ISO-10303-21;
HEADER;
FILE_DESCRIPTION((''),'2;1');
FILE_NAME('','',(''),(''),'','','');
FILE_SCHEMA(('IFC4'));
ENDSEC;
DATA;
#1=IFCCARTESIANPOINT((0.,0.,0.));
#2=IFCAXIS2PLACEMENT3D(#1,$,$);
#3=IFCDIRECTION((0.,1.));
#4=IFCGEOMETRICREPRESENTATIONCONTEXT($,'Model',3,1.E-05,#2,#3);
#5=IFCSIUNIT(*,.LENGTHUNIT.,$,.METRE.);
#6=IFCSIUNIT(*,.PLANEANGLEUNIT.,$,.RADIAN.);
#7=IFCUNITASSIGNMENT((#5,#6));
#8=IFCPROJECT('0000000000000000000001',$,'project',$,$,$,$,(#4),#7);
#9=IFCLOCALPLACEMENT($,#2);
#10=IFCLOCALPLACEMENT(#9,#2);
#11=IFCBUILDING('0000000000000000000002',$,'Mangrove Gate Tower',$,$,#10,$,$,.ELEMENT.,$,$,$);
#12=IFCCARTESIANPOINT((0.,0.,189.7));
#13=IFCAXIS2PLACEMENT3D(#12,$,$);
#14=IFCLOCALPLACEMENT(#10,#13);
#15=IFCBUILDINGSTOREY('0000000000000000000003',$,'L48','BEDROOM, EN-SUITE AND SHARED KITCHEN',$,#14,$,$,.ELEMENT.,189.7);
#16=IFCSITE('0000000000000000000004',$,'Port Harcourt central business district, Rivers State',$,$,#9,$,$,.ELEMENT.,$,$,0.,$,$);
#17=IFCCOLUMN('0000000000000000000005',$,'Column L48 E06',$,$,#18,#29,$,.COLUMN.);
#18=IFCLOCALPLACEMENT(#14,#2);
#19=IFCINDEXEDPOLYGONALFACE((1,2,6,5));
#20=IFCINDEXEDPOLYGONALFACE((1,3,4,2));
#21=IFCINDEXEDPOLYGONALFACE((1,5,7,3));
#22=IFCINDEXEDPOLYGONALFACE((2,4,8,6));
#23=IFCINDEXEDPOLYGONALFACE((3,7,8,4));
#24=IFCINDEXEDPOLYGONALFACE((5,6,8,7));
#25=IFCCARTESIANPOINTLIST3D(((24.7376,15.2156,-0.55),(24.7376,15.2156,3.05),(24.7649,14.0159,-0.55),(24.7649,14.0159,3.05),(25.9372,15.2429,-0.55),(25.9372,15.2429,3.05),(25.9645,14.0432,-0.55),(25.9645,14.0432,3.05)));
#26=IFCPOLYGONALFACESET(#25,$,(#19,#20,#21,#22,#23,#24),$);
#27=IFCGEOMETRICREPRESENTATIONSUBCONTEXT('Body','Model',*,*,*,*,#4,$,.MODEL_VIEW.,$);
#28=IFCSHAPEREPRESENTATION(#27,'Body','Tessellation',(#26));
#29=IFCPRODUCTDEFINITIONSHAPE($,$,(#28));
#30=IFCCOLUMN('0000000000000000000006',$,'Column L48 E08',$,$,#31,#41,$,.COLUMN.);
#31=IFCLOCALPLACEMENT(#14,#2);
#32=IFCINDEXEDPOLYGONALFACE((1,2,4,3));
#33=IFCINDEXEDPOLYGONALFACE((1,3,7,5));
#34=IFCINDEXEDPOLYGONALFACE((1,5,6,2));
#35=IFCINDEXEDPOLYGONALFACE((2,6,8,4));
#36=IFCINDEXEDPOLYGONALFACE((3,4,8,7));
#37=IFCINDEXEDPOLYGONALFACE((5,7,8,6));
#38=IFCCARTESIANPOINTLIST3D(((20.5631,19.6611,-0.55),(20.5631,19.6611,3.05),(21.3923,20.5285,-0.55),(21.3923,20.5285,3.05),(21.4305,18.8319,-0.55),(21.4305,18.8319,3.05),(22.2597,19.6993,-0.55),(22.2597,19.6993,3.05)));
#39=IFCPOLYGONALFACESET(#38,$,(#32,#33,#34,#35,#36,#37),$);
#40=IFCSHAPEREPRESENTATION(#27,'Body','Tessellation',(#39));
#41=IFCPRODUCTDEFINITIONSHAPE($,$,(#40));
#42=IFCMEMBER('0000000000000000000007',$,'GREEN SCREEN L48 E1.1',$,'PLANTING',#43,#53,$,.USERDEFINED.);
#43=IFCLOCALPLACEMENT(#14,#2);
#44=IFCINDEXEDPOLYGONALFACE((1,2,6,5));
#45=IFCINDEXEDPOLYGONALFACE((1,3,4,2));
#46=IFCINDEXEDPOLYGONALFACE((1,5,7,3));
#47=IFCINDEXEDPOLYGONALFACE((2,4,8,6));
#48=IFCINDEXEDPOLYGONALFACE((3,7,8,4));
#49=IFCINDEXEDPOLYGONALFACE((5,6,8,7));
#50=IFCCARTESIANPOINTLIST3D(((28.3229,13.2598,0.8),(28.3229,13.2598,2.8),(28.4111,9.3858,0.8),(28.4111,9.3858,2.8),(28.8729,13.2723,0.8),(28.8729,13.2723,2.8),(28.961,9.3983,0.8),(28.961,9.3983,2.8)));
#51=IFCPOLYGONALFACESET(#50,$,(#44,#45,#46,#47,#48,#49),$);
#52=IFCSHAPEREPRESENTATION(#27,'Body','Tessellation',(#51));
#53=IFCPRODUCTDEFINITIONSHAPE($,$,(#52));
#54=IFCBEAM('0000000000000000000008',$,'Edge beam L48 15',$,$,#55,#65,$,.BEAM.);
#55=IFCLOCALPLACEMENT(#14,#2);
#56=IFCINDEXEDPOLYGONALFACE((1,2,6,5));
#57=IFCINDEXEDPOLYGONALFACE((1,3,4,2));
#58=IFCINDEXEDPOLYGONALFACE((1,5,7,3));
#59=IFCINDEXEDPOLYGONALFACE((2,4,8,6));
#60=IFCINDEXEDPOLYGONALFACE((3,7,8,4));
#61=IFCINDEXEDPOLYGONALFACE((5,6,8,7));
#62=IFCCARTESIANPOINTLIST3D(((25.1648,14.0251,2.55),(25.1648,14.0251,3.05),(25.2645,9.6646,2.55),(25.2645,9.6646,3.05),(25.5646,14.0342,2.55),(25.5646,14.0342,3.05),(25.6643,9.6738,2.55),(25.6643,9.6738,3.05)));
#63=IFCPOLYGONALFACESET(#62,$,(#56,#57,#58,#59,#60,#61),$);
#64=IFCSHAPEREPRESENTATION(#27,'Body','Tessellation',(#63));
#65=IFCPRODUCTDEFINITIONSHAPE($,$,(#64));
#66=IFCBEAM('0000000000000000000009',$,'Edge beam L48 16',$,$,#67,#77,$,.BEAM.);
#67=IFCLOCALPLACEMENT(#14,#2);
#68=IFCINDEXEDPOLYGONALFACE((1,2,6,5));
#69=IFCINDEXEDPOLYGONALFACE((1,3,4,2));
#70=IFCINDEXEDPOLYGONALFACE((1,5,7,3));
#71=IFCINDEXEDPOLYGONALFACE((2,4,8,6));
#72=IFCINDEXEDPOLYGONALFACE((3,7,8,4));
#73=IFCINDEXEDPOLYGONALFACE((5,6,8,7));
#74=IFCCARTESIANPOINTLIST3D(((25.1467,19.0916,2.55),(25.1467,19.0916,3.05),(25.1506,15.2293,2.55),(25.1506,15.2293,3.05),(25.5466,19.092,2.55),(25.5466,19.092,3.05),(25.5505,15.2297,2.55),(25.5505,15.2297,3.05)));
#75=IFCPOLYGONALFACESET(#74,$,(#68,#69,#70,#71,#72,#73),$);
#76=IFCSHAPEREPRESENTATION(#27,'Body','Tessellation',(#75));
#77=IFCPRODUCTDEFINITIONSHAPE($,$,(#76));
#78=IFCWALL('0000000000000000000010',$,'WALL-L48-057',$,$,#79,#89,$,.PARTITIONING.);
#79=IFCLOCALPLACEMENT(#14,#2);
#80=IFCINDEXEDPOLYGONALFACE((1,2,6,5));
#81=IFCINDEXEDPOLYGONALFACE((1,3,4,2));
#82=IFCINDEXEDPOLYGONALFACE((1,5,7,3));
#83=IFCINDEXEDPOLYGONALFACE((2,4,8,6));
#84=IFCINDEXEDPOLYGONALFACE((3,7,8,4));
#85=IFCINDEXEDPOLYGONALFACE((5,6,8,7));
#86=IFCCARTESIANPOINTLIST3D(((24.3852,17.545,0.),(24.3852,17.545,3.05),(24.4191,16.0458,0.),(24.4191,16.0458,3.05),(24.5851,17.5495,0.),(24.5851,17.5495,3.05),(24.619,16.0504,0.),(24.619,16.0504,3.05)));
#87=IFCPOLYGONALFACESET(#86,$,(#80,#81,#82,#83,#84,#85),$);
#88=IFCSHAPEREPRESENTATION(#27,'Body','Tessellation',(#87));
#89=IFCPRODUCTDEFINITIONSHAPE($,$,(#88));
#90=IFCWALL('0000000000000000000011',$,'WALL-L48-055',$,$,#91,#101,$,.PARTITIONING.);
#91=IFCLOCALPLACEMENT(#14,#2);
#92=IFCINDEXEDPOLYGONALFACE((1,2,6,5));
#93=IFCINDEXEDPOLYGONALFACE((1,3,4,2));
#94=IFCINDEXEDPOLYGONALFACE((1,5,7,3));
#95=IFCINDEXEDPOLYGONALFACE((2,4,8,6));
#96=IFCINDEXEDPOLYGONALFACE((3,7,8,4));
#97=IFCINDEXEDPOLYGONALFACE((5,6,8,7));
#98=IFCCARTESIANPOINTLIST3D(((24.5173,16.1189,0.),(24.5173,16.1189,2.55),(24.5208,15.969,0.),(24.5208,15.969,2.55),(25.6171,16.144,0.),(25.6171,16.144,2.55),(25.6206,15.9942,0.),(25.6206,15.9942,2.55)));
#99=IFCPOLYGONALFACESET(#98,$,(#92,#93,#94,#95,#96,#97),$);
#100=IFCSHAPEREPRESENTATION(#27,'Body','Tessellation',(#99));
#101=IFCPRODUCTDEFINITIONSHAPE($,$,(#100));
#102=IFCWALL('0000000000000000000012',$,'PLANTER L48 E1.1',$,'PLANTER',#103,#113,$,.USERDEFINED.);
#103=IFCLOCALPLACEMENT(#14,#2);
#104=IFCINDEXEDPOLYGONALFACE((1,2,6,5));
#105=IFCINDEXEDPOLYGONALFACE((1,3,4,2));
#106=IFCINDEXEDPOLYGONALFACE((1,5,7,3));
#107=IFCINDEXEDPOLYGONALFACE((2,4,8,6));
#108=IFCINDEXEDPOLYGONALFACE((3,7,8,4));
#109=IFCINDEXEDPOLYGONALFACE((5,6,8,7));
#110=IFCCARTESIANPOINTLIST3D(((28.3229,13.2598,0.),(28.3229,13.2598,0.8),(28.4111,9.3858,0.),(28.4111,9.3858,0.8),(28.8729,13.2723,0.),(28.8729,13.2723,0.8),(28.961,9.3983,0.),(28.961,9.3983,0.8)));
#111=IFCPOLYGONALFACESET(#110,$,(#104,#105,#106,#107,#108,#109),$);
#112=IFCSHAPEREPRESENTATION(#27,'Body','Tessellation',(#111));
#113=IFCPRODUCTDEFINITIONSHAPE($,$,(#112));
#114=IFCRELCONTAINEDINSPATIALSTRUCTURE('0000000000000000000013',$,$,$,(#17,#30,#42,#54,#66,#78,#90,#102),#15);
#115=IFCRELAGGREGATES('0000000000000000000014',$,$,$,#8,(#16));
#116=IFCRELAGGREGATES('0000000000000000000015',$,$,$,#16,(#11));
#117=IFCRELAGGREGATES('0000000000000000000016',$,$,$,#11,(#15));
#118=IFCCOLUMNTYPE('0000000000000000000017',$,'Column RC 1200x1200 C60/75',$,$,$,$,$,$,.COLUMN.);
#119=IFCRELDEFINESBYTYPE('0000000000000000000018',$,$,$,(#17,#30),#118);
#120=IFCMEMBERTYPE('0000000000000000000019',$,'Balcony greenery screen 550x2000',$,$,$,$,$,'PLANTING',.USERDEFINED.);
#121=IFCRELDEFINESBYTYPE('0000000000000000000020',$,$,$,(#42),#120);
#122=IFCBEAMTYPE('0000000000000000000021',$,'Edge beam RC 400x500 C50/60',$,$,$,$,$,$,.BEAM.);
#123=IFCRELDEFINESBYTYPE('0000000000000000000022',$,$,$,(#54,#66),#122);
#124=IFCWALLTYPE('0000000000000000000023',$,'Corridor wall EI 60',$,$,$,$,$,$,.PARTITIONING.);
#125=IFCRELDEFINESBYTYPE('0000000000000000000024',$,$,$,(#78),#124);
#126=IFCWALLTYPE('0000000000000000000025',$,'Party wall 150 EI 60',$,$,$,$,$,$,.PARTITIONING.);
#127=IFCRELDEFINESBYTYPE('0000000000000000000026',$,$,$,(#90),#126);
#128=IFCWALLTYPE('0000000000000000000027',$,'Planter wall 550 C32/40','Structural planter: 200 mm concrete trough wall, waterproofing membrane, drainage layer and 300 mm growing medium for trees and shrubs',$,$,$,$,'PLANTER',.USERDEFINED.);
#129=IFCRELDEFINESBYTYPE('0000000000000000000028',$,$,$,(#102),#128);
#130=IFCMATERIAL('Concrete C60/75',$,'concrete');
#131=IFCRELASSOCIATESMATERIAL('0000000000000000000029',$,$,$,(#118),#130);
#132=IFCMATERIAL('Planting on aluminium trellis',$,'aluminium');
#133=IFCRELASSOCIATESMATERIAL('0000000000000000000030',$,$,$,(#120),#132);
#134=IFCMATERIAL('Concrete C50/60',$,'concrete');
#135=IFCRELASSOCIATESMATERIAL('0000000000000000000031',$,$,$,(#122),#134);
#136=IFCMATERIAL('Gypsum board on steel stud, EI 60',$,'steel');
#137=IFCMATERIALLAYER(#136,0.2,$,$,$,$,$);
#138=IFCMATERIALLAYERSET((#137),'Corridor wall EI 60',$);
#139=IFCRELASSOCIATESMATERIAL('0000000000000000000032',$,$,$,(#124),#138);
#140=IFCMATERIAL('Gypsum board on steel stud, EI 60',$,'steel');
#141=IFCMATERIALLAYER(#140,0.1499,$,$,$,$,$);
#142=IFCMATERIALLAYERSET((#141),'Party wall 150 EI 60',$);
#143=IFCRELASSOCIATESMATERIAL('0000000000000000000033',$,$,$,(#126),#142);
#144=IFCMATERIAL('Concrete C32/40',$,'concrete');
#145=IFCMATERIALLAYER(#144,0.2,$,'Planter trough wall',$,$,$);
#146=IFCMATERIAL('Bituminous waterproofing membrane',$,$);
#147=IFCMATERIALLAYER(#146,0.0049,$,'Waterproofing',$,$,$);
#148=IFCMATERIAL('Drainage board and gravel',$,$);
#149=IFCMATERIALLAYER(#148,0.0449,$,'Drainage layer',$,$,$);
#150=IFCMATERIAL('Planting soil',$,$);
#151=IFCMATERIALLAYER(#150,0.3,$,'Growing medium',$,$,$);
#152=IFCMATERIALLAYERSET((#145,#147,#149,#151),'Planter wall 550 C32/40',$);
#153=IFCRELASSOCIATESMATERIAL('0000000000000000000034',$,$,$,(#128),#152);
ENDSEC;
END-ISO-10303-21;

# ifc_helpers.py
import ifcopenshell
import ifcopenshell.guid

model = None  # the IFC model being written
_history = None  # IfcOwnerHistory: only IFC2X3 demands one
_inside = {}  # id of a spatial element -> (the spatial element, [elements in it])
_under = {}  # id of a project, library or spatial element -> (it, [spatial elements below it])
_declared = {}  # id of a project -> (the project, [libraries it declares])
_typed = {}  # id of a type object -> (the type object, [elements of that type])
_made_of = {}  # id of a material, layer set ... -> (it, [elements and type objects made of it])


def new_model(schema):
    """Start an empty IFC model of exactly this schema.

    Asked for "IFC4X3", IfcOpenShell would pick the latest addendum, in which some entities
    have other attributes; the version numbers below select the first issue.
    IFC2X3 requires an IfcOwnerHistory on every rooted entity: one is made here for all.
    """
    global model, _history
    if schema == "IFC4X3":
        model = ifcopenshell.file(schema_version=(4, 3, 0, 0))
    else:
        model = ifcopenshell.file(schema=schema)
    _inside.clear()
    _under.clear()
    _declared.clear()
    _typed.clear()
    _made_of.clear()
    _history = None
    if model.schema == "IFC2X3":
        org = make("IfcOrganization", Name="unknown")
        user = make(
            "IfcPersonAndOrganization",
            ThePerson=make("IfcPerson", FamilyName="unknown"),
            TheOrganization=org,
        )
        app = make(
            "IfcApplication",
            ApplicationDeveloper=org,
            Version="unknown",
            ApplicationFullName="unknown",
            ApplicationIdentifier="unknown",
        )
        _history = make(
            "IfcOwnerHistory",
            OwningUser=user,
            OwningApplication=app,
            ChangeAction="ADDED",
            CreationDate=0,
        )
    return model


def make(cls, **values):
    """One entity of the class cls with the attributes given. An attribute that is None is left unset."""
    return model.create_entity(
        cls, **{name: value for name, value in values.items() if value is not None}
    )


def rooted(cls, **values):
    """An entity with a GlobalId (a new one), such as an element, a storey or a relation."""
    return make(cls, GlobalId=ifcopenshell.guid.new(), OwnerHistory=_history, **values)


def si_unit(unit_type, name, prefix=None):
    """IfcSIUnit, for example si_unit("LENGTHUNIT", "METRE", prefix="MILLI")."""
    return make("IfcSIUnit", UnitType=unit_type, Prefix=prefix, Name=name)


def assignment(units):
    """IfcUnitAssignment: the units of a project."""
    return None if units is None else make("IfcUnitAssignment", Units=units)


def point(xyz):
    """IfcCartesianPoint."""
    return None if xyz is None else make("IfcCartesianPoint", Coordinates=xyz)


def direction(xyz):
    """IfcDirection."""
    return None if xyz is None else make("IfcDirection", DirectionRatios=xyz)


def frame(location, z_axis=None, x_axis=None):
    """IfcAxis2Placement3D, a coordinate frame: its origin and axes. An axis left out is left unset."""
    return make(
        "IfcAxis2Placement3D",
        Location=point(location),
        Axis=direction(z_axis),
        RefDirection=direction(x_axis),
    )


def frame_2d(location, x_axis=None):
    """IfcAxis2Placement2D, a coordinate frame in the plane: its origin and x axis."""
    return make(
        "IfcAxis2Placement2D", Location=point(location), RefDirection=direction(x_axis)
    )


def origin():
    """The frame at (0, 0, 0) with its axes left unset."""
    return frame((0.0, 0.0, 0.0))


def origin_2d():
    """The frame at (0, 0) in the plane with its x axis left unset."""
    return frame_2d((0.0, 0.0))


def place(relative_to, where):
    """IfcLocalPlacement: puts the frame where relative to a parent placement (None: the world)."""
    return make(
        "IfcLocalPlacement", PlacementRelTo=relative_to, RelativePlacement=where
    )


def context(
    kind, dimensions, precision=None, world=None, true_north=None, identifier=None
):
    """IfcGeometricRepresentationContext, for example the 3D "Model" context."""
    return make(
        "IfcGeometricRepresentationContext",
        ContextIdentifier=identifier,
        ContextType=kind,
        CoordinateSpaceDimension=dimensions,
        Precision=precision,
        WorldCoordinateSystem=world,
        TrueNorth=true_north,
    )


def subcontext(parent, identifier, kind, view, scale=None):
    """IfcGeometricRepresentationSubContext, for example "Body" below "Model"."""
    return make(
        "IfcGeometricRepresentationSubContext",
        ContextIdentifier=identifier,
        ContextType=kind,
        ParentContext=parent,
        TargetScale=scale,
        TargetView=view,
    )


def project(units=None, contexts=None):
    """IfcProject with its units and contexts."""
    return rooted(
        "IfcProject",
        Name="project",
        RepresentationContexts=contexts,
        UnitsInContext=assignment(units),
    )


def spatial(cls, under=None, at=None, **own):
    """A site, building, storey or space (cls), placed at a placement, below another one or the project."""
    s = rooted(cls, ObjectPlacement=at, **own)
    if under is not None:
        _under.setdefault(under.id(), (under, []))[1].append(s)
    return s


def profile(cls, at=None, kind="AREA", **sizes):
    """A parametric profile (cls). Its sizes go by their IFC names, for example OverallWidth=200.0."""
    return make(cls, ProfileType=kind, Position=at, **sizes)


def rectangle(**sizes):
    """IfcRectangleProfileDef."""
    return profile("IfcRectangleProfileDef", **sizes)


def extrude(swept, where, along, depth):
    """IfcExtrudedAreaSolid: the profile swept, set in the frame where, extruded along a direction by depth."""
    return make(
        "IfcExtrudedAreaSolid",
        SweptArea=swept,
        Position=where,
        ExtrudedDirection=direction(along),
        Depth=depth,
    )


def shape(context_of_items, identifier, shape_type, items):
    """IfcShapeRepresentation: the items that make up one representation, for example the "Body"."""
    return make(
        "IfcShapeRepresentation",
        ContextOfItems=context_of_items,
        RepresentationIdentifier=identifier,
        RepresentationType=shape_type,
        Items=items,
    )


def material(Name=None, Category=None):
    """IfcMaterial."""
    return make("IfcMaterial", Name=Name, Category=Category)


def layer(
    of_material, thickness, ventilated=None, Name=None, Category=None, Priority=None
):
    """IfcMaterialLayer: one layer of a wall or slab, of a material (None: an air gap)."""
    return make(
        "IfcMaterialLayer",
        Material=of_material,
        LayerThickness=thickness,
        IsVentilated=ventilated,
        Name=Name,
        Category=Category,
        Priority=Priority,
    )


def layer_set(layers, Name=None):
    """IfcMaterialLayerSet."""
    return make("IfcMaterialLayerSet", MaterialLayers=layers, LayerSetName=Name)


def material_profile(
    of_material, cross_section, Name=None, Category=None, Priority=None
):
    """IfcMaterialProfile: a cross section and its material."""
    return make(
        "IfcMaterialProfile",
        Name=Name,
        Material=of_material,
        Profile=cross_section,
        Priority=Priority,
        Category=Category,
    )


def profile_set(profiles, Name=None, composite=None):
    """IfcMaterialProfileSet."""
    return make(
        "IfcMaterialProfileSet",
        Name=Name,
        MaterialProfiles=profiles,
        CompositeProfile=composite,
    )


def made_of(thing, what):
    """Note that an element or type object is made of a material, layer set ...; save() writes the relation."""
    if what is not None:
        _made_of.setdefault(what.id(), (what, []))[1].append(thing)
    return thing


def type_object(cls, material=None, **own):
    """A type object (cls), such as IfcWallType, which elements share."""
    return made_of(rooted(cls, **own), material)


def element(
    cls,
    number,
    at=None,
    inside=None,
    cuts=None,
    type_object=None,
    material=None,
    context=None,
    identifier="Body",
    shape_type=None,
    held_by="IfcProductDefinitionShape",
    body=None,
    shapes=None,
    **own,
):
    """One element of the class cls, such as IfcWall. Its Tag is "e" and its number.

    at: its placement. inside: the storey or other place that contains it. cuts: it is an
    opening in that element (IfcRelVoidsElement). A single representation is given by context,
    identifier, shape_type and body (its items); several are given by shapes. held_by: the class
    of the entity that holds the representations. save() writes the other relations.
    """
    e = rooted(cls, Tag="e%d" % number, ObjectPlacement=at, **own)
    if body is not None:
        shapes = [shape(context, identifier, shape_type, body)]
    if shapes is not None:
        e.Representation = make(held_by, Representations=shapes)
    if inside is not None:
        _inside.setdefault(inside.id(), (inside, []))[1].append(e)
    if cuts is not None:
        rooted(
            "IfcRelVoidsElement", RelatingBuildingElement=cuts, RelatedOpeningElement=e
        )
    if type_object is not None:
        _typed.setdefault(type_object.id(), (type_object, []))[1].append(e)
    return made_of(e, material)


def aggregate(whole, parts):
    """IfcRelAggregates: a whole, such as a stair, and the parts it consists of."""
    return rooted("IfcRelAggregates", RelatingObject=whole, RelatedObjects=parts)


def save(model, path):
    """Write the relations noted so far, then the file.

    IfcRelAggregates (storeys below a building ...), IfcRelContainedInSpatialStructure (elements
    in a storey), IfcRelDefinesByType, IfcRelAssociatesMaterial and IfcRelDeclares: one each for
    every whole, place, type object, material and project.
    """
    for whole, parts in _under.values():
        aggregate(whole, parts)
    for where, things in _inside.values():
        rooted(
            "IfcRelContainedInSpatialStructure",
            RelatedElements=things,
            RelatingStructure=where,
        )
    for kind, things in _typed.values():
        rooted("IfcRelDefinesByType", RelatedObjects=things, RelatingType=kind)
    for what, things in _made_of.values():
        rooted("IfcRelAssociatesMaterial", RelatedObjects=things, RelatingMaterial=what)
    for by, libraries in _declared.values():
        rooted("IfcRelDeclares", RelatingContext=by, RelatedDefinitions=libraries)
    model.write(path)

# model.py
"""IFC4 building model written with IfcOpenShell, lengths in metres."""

from ifc_helpers import new_model, si_unit, direction, frame, frame_2d, origin, origin_2d, place, context, subcontext, project, spatial, rectangle, extrude, material, layer, layer_set, material_profile, profile_set, type_object, element, save


model = new_model("IFC4")

# Units and contexts
model_context = context("Model", 3, precision=1e-05, world=origin(), true_north=direction((0.0, 1.0)))
body_context = subcontext(model_context, "Body", "Model", "MODEL_VIEW")
ifc_project = project(units=[si_unit("LENGTHUNIT", "METRE"), si_unit("PLANEANGLEUNIT", "RADIAN")], contexts=[model_context])

# Site, building, storey
site_placement = place(None, origin())
site = spatial("IfcSite", under=ifc_project, at=site_placement, Name="Port Harcourt central business district, Rivers State", CompositionType="ELEMENT", RefElevation=0.0)
building_placement = place(site_placement, origin())
building = spatial("IfcBuilding", under=site, at=building_placement, Name="Mangrove Gate Tower", CompositionType="ELEMENT")
storey_placement = place(building_placement, frame((0.0, 0.0, 189.7)))
storey = spatial("IfcBuildingStorey", under=building, at=storey_placement, Name="L48", Description="BEDROOM, EN-SUITE AND SHARED KITCHEN", CompositionType="ELEMENT", Elevation=189.7)

# Columns
ifc_material_1 = material(Name="Concrete C60/75", Category="concrete")
ifc_material_profile_1 = material_profile(ifc_material_1, rectangle(XDim=1.2, YDim=1.2, at=origin_2d()))
ifc_profile_set_1 = profile_set([ifc_material_profile_1], Name="Concrete C60/75")
column_type = type_object("IfcColumnType", Name="Column RC 1200x1200 C60/75", PredefinedType="COLUMN", material=ifc_profile_set_1)
for number, where, z_axis, x_axis, name in (
    (1, (25.3511, 14.6294, -0.55), (0.0, 0.0, 1.0), (-0.022744, 0.999741, 0.0), "Column L48 E06"),
    (2, (21.4114, 19.6802, -0.55), (0.0, 0.0, 1.0), (-0.722838, 0.691018, 0.0), "Column L48 E08"),
):
    element("IfcColumn", number, at=place(storey_placement, frame(where, z_axis=z_axis, x_axis=x_axis)), inside=storey, type_object=column_type, Name=name, PredefinedType="COLUMN", context=body_context, shape_type="SweptSolid", body=[
        extrude(rectangle(XDim=1.2, YDim=1.2, at=origin_2d()), origin(), (0.0, 0.0, 1.0), 3.6001),
    ])

# Member
ifc_material_2 = material(Name="Planting on aluminium trellis", Category="aluminium")
ifc_material_profile_2 = material_profile(ifc_material_2, rectangle(XDim=0.55, YDim=2.0, at=origin_2d()))
ifc_profile_set_2 = profile_set([ifc_material_profile_2], Name="Planting on aluminium trellis")
member_type = type_object("IfcMemberType", Name="Balcony greenery screen 550x2000", ElementType="PLANTING", PredefinedType="USERDEFINED", material=ifc_profile_set_2)
member_placement = place(storey_placement, frame((28.686, 9.3921, 1.8), z_axis=(-0.022744, 0.999741, 0.0), x_axis=(-0.999741, -0.022744, 0.0)))
element("IfcMember", 3, at=member_placement, inside=storey, type_object=member_type, Name="GREEN SCREEN L48 E1.1", ObjectType="PLANTING", PredefinedType="USERDEFINED", context=body_context, shape_type="SweptSolid", body=[
    extrude(rectangle(XDim=0.55, YDim=2.0, at=origin_2d()), origin(), (0.0, 0.0, 1.0), 3.875),
])

# Beams
ifc_material_3 = material(Name="Concrete C50/60", Category="concrete")
ifc_material_profile_3 = material_profile(ifc_material_3, rectangle(XDim=0.3999, YDim=0.5, at=origin_2d()))
ifc_profile_set_3 = profile_set([ifc_material_profile_3], Name="Concrete C50/60")
beam_type = type_object("IfcBeamType", Name="Edge beam RC 400x500 C50/60", PredefinedType="BEAM", material=ifc_profile_set_3)
beam_1_placement = place(storey_placement, frame((25.4644, 9.6692, 2.8), z_axis=(-0.022838, 0.999739, 0.0), x_axis=(-0.999739, -0.022838, 0.0)))
element("IfcBeam", 4, at=beam_1_placement, inside=storey, type_object=beam_type, Name="Edge beam L48 15", PredefinedType="BEAM", context=body_context, shape_type="SweptSolid", body=[
    extrude(rectangle(XDim=0.3999, YDim=0.5, at=origin_2d()), origin(), (0.0, 0.0, 1.0), 4.3616),
])
beam_2_placement = place(storey_placement, frame((25.3506, 15.2295, 2.8), z_axis=(-0.001011, 0.999999, 0.0), x_axis=(-0.999999, -0.001011, 0.0)))
element("IfcBeam", 5, at=beam_2_placement, inside=storey, type_object=beam_type, Name="Edge beam L48 16", PredefinedType="BEAM", context=body_context, shape_type="SweptSolid", body=[
    extrude(rectangle(XDim=0.3999, YDim=0.5, at=origin_2d()), origin(), (0.0, 0.0, 1.0), 3.8623),
])

# Walls
ifc_material_4 = material(Name="Gypsum board on steel stud, EI 60", Category="steel")
ifc_layer_1 = layer(ifc_material_4, 0.2)
ifc_layer_set_1 = layer_set([ifc_layer_1], Name="Corridor wall EI 60")
wall_type_1 = type_object("IfcWallType", Name="Corridor wall EI 60", PredefinedType="PARTITIONING", material=ifc_layer_set_1)
wall_1_placement = place(storey_placement, frame((24.519, 16.0481, 0.0), z_axis=(0.0, 0.0, 1.0), x_axis=(-0.022633, 0.999744, 0.0)))
element("IfcWall", 6, at=wall_1_placement, inside=storey, type_object=wall_type_1, Name="WALL-L48-057", PredefinedType="PARTITIONING", context=body_context, shape_type="SweptSolid", body=[
    extrude(rectangle(XDim=1.4995, YDim=0.2, at=frame_2d((0.7498, 0.0))), origin(), (0.0, 0.0, 1.0), 3.05),
])
ifc_material_5 = material(Name="Gypsum board on steel stud, EI 60", Category="steel")
ifc_layer_2 = layer(ifc_material_5, 0.1499)
ifc_layer_set_2 = layer_set([ifc_layer_2], Name="Party wall 150 EI 60")
wall_type_2 = type_object("IfcWallType", Name="Party wall 150 EI 60", PredefinedType="PARTITIONING", material=ifc_layer_set_2)
wall_2_placement = place(storey_placement, frame((24.519, 16.0439, 0.0), z_axis=(0.0, 0.0, 1.0), x_axis=(0.999739, 0.022858, 0.0)))
element("IfcWall", 7, at=wall_2_placement, inside=storey, type_object=wall_type_2, Name="WALL-L48-055", PredefinedType="PARTITIONING", context=body_context, shape_type="SweptSolid", body=[
    extrude(rectangle(XDim=1.1001, YDim=0.1499, at=frame_2d((0.55, 0.0))), origin(), (0.0, 0.0, 1.0), 2.55),
])
ifc_material_6 = material(Name="Concrete C32/40", Category="concrete")
ifc_layer_3 = layer(ifc_material_6, 0.2, Name="Planter trough wall")
ifc_material_7 = material(Name="Bituminous waterproofing membrane")
ifc_layer_4 = layer(ifc_material_7, 0.0049, Name="Waterproofing")
ifc_material_8 = material(Name="Drainage board and gravel")
ifc_layer_5 = layer(ifc_material_8, 0.0449, Name="Drainage layer")
ifc_material_9 = material(Name="Planting soil")
ifc_layer_6 = layer(ifc_material_9, 0.3, Name="Growing medium")
ifc_layer_set_3 = layer_set([ifc_layer_3, ifc_layer_4, ifc_layer_5, ifc_layer_6], Name="Planter wall 550 C32/40")
wall_type_3 = type_object("IfcWallType", Name="Planter wall 550 C32/40", Description="Structural planter: 200 mm concrete trough wall, waterproofing membrane, drainage layer and 300 mm growing medium for trees and shrubs", ElementType="PLANTER", PredefinedType="USERDEFINED", material=ifc_layer_set_3)
wall_3_placement = place(storey_placement, frame((28.686, 9.3921, 0.0), z_axis=(0.0, 0.0, 1.0), x_axis=(-0.022744, 0.999741, 0.0)))
element("IfcWall", 8, at=wall_3_placement, inside=storey, type_object=wall_type_3, Name="PLANTER L48 E1.1", ObjectType="PLANTER", PredefinedType="USERDEFINED", context=body_context, shape_type="SweptSolid", body=[
    extrude(rectangle(XDim=3.875, YDim=0.55, at=frame_2d((1.9375, 0.0))), origin(), (0.0, 0.0, 1.0), 0.8),
])

save(model, "model.ifc")
